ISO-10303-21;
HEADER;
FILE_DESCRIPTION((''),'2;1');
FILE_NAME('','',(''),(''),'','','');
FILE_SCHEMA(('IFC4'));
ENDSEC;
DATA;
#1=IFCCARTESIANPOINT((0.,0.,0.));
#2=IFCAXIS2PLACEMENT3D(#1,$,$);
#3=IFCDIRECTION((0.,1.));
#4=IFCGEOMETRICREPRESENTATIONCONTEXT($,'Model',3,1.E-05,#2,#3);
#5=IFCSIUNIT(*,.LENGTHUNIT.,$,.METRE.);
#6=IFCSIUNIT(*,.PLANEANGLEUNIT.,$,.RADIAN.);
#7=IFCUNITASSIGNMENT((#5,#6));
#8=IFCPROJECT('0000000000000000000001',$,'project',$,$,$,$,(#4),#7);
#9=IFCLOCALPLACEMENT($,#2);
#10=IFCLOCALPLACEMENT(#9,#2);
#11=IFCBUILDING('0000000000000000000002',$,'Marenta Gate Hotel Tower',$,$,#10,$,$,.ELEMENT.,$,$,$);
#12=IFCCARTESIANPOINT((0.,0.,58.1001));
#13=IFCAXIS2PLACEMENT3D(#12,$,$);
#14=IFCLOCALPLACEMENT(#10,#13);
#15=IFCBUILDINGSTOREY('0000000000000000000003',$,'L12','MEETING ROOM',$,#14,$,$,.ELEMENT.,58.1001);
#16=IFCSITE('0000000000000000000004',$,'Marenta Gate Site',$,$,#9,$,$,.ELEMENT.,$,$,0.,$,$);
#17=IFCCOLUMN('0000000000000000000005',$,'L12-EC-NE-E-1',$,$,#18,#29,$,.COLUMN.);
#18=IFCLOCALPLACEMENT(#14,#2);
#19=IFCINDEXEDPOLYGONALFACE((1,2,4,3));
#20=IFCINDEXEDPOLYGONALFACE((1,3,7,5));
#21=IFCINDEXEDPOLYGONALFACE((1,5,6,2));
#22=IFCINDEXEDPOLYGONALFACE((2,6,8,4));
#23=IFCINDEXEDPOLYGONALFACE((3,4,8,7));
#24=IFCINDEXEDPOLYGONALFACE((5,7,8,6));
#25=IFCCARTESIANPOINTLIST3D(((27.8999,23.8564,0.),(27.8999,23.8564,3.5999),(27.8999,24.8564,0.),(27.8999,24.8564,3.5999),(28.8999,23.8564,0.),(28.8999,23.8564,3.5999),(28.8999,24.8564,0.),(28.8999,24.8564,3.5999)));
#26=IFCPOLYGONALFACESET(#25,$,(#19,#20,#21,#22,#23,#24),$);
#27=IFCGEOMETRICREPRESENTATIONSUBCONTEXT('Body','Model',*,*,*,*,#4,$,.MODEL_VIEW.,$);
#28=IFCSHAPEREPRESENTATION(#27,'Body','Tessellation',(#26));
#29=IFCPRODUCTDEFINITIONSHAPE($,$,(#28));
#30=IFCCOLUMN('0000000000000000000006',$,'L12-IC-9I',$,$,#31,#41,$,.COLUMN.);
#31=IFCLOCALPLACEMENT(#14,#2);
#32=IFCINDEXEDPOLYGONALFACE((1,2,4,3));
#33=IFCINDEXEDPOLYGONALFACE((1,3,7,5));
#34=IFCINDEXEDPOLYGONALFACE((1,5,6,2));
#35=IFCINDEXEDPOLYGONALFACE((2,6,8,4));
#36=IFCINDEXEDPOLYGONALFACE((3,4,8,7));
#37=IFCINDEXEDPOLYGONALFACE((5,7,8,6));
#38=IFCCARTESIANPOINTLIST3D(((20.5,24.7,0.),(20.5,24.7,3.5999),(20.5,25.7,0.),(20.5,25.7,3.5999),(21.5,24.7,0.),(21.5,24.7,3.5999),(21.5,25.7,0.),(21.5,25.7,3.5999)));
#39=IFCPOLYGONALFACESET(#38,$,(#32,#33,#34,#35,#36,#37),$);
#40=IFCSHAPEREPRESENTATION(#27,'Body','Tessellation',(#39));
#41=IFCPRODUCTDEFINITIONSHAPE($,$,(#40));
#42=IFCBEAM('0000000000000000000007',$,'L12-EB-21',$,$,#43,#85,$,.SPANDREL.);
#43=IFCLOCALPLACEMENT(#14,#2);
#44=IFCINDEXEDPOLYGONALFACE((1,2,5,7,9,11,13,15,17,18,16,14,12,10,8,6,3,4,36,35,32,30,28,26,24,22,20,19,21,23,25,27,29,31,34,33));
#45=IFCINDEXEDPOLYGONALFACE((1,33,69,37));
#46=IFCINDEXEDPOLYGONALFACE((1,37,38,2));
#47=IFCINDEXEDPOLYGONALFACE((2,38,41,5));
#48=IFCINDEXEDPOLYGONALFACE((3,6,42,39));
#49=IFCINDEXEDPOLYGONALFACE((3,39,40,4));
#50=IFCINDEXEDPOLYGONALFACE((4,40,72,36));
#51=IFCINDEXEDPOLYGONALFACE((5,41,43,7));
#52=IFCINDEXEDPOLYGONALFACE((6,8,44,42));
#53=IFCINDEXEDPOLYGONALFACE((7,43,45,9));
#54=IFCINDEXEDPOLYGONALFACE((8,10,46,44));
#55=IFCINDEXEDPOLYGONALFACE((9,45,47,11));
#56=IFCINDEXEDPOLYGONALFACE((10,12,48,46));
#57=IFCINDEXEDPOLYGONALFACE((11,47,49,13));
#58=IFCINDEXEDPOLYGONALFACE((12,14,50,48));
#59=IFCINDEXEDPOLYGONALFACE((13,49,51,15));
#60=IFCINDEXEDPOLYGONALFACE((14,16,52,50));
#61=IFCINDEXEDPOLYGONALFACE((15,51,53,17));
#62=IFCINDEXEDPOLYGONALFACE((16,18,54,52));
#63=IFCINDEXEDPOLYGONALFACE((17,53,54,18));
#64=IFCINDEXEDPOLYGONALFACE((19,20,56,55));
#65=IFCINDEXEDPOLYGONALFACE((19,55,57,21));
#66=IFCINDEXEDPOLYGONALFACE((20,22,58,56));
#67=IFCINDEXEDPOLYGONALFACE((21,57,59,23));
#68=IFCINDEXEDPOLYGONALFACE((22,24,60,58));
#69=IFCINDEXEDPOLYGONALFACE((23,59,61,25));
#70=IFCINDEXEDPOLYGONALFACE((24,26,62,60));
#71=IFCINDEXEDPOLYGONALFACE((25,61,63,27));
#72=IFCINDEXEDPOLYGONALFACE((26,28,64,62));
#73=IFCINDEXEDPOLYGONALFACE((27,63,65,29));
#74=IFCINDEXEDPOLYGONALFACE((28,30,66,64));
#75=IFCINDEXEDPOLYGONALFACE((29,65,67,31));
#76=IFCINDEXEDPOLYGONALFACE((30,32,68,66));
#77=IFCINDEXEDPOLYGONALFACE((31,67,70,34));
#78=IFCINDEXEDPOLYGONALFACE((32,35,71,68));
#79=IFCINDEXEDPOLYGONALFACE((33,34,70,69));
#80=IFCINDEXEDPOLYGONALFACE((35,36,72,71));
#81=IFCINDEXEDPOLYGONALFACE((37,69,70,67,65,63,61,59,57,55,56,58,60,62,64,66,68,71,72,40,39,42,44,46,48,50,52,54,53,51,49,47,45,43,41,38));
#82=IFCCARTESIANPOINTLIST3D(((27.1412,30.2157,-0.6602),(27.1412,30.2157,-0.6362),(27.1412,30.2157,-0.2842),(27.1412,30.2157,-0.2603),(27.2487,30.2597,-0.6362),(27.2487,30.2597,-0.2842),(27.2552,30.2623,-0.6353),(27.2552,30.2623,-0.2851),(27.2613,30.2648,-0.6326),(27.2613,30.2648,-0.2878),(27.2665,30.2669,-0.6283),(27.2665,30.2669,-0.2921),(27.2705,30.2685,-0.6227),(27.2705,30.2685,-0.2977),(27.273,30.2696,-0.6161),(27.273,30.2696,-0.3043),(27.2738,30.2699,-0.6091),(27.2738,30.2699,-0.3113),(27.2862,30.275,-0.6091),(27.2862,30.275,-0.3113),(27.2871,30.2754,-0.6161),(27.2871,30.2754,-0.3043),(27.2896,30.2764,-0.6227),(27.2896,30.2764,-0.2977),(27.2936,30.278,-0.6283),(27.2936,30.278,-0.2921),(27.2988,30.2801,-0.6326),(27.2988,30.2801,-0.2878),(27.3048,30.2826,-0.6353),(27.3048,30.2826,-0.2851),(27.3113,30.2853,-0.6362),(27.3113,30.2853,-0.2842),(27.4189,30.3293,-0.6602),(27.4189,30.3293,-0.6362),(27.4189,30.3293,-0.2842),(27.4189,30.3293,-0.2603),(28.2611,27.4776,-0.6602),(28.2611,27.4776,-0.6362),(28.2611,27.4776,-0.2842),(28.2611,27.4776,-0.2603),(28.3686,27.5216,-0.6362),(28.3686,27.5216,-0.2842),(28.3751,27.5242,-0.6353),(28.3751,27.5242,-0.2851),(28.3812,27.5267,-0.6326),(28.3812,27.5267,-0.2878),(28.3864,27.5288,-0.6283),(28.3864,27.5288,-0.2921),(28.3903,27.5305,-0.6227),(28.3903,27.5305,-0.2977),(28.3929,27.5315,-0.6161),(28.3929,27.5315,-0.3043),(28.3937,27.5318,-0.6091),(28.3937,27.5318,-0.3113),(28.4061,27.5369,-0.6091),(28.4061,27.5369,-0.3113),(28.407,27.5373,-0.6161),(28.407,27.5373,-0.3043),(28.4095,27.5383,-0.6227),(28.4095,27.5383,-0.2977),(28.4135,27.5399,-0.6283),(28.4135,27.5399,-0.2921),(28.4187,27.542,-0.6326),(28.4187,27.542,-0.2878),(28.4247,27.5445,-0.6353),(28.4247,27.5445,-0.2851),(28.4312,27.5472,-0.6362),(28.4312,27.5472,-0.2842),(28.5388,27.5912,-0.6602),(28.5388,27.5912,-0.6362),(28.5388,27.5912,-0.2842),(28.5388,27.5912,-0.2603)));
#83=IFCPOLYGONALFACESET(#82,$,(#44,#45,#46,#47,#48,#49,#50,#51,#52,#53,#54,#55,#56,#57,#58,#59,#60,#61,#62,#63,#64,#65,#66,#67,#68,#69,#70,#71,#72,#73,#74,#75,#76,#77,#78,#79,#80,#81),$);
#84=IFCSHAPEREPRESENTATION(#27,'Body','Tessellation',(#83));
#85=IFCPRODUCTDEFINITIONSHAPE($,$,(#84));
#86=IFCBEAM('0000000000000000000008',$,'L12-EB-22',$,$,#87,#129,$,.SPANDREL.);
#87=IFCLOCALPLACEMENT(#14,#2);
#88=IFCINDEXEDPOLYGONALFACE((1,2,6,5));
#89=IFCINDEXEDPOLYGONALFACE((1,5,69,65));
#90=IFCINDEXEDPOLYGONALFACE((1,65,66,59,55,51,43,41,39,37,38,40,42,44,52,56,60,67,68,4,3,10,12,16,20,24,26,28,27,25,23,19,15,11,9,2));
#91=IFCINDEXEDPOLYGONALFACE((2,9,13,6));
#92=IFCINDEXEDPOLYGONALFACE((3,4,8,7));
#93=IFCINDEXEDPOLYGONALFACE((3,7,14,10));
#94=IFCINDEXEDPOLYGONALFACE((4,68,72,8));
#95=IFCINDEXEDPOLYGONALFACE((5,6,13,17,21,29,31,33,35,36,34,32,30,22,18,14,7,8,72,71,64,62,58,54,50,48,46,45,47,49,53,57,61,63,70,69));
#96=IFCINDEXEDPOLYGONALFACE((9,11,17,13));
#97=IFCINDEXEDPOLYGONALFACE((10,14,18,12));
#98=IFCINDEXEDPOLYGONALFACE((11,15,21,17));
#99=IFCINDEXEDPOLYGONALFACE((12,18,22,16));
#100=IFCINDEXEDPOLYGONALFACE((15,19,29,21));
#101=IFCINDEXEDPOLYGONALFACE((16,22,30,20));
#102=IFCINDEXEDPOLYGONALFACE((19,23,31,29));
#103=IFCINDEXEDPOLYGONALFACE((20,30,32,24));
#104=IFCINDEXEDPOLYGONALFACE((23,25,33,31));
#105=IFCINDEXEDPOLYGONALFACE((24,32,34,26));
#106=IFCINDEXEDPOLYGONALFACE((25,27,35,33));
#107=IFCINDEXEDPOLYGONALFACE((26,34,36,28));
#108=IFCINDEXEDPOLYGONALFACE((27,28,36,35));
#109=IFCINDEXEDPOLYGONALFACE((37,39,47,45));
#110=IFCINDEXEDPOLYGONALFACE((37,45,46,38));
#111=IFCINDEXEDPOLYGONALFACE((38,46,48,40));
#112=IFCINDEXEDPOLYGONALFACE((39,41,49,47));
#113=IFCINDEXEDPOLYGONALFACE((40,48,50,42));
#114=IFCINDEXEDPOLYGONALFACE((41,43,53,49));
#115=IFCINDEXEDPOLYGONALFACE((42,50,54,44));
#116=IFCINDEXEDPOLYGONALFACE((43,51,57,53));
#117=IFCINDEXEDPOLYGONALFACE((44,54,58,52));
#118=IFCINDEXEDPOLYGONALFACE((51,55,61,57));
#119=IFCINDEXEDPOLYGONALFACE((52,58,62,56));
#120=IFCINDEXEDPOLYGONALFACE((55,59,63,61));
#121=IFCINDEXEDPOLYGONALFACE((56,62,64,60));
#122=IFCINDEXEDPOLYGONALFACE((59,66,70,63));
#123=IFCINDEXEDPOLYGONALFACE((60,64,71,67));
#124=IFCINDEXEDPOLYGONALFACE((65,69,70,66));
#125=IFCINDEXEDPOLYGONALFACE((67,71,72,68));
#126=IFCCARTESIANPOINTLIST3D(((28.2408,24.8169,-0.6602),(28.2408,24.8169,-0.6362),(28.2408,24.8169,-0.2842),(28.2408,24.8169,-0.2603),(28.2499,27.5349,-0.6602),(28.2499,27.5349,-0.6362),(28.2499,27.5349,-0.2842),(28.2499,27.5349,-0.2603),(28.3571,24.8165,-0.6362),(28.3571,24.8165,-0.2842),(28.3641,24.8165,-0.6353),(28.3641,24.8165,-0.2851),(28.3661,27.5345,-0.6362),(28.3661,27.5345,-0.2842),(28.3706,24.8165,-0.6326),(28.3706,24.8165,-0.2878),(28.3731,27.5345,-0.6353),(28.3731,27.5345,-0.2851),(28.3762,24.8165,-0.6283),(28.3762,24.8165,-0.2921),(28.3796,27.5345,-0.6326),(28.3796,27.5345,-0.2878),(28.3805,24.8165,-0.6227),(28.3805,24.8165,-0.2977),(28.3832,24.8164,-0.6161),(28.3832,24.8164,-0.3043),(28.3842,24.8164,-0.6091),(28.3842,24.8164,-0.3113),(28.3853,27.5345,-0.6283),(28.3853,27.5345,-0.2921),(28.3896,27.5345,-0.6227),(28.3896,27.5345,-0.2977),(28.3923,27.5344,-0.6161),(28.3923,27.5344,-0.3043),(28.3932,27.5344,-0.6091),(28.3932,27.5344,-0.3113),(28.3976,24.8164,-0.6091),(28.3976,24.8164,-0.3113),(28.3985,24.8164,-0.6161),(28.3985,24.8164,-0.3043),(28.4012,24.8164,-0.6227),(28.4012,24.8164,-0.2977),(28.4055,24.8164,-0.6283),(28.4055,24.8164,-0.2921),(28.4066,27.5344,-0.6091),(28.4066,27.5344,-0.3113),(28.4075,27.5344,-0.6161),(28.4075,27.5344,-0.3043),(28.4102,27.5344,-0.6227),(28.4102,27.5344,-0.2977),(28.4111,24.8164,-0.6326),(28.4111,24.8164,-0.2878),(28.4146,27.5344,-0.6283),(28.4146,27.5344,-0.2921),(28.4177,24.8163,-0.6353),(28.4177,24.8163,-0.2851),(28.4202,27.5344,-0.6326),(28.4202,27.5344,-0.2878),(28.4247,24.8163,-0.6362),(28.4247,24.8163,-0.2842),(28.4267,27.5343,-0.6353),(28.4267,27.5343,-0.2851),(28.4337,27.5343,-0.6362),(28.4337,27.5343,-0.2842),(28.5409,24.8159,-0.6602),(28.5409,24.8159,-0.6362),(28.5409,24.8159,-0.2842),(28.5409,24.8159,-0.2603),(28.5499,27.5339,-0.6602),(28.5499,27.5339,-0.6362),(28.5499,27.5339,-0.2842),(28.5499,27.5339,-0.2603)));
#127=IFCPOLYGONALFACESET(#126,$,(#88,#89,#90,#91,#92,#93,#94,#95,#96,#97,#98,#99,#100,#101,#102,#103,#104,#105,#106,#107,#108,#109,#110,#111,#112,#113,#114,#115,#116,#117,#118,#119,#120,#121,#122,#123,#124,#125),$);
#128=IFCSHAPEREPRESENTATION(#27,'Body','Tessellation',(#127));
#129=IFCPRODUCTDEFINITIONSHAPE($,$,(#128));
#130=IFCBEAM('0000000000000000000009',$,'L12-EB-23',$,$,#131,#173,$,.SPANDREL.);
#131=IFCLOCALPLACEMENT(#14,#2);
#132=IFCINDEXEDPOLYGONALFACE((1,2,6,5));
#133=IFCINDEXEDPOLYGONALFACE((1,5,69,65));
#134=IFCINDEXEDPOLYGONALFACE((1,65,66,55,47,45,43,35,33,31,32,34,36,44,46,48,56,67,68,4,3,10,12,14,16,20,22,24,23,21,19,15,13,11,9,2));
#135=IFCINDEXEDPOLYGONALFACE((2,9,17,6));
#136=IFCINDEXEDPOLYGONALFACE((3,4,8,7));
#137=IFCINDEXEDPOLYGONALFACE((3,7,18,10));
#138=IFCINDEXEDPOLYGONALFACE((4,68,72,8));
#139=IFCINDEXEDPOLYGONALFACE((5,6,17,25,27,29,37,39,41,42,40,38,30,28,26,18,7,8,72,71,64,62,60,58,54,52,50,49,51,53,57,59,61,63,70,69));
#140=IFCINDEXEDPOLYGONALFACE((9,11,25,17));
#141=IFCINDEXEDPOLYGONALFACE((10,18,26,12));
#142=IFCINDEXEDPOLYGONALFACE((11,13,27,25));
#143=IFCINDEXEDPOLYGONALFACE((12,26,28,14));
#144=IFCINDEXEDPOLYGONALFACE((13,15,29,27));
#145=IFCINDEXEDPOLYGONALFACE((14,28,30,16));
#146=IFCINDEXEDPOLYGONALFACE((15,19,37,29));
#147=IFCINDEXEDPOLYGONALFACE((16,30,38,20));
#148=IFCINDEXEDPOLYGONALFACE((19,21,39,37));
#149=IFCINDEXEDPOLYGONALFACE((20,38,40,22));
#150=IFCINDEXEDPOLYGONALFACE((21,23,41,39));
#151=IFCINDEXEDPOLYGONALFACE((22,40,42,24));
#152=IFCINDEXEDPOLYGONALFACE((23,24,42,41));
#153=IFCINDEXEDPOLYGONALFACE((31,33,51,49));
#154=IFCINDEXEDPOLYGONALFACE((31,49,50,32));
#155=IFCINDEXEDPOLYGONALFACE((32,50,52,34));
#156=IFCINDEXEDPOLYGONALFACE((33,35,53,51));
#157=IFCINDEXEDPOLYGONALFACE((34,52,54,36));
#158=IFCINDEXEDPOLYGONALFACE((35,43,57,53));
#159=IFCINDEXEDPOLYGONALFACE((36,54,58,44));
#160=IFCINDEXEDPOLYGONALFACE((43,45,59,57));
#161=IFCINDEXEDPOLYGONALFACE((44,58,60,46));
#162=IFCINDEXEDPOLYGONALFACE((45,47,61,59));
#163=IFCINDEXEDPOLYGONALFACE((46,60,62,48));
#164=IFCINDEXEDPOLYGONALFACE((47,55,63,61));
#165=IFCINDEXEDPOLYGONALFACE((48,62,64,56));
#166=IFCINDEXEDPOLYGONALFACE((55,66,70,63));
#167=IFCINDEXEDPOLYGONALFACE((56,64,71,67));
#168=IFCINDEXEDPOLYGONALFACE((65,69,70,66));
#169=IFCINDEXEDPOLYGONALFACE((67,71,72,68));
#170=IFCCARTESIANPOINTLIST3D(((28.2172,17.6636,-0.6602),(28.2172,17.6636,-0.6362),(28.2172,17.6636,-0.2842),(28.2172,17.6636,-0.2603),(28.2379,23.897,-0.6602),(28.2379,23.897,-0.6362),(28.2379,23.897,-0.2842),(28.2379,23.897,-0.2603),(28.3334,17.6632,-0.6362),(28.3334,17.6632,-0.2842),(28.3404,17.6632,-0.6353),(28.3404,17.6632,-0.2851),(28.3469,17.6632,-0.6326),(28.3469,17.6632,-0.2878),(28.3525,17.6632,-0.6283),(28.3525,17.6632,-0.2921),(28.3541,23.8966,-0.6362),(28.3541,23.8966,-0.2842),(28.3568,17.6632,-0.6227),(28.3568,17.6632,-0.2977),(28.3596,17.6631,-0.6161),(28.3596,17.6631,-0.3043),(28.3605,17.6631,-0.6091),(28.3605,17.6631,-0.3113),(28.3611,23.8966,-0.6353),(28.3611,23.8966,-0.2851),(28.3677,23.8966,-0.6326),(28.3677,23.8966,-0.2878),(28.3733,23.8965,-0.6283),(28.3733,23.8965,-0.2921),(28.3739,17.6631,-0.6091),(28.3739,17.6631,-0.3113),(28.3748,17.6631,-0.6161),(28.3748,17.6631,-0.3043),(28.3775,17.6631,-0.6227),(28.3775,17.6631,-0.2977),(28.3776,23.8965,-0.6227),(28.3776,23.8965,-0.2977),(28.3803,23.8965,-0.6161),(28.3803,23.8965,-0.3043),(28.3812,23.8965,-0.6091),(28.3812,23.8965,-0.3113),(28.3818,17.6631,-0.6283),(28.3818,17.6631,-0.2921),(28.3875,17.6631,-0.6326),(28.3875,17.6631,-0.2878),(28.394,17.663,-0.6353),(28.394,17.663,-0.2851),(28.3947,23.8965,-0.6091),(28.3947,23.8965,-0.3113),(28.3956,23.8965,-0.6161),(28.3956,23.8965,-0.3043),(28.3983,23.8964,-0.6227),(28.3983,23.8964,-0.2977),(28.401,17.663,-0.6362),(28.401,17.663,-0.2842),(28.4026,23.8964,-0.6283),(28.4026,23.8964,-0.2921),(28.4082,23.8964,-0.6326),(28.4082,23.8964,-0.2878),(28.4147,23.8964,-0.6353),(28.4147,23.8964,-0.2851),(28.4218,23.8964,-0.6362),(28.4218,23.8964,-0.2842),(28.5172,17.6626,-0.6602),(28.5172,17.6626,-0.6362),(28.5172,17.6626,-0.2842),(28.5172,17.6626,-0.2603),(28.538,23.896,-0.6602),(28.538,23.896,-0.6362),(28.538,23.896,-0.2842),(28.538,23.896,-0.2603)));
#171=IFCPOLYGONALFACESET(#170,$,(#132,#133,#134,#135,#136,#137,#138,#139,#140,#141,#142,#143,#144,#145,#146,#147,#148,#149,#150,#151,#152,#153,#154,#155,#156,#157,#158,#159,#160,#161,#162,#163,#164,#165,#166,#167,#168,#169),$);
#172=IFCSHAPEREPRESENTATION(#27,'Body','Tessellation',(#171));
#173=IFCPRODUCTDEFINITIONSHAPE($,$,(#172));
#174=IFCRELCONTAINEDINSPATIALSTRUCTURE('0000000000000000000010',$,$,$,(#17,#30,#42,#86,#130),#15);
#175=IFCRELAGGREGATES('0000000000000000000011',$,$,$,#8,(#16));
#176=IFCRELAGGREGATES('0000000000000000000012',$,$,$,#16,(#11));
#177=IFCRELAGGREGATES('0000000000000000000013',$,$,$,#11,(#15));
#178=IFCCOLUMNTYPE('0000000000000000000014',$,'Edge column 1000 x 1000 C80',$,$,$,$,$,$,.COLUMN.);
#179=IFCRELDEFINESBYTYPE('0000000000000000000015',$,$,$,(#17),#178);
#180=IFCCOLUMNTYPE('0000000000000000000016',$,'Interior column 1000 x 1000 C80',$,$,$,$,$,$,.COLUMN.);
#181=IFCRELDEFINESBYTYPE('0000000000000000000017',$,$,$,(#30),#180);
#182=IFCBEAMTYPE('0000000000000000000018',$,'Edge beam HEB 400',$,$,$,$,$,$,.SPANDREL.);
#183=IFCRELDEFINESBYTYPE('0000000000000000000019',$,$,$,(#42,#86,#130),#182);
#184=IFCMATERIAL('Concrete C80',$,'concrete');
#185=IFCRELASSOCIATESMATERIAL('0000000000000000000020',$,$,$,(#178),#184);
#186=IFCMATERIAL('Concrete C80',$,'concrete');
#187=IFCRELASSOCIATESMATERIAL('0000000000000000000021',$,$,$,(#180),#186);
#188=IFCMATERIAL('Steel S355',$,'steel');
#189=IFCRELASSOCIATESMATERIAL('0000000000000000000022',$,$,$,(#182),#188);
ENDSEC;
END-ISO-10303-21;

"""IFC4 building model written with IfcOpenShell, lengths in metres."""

from ifc_helpers import new_model, si_unit, direction, frame, origin, origin_2d, place, context, subcontext, project, spatial, rectangle, i_section, extrude, material, material_profile, profile_set, type_object, element, save


model = new_model("IFC4")

# Units and contexts
model_context = context("Model", 3, precision=1e-05, world=origin(), true_north=direction((0.0, 1.0)))
body_context = subcontext(model_context, "Body", "Model", "MODEL_VIEW")
ifc_project = project(units=[si_unit("LENGTHUNIT", "METRE"), si_unit("PLANEANGLEUNIT", "RADIAN")], contexts=[model_context])

# Site, building, storey
site_placement = place(None, origin())
site = spatial("IfcSite", under=ifc_project, at=site_placement, Name="Marenta Gate Site", CompositionType="ELEMENT", RefElevation=0.0)
building_placement = place(site_placement, origin())
building = spatial("IfcBuilding", under=site, at=building_placement, Name="Marenta Gate Hotel Tower", CompositionType="ELEMENT")
storey_placement = place(building_placement, frame((0.0, 0.0, 58.1001)))
storey = spatial("IfcBuildingStorey", under=building, at=storey_placement, Name="L12", Description="MEETING ROOM", CompositionType="ELEMENT", Elevation=58.1001)

# Columns
ifc_material_1 = material(Name="Concrete C80", Category="concrete")
ifc_material_profile_1 = material_profile(ifc_material_1, rectangle(XDim=1.0, YDim=1.0, at=origin_2d()), Name="1000 x 1000")
ifc_profile_set_1 = profile_set([ifc_material_profile_1], Name="Concrete C80")
column_type_1 = type_object("IfcColumnType", Name="Edge column 1000 x 1000 C80", PredefinedType="COLUMN", material=ifc_profile_set_1)
column_1_placement = place(storey_placement, frame((28.3999, 24.3564, 0.0), z_axis=(0.0, 0.0, 1.0), x_axis=(1.0, 0.0, 0.0)))
element("IfcColumn", 1, at=column_1_placement, inside=storey, type_object=column_type_1, Name="L12-EC-NE-E-1", PredefinedType="COLUMN", context=body_context, shape_type="SweptSolid", body=[
    extrude(rectangle(XDim=1.0, YDim=1.0, at=origin_2d()), origin(), (0.0, 0.0, 1.0), 3.5999),
])
ifc_material_2 = material(Name="Concrete C80", Category="concrete")
ifc_material_profile_2 = material_profile(ifc_material_2, rectangle(XDim=1.0, YDim=1.0, at=origin_2d()), Name="1000 x 1000")
ifc_profile_set_2 = profile_set([ifc_material_profile_2], Name="Concrete C80")
column_type_2 = type_object("IfcColumnType", Name="Interior column 1000 x 1000 C80", PredefinedType="COLUMN", material=ifc_profile_set_2)
column_2_placement = place(storey_placement, frame((21.0, 25.2, 0.0), z_axis=(0.0, 0.0, 1.0), x_axis=(1.0, 0.0, 0.0)))
element("IfcColumn", 2, at=column_2_placement, inside=storey, type_object=column_type_2, Name="L12-IC-9I", PredefinedType="COLUMN", context=body_context, shape_type="SweptSolid", body=[
    extrude(rectangle(XDim=1.0, YDim=1.0, at=origin_2d()), origin(), (0.0, 0.0, 1.0), 3.5999),
])

# Beams
ifc_material_3 = material(Name="Steel S355", Category="steel")
ifc_material_profile_3 = material_profile(ifc_material_3, i_section(OverallWidth=0.3, OverallDepth=0.3999, WebThickness=0.0134, FlangeThickness=0.0239, FilletRadius=0.0271, at=origin_2d()), Name="HEB 400")
ifc_profile_set_3 = profile_set([ifc_material_profile_3], Name="Steel S355")
beam_type_1 = type_object("IfcBeamType", Name="Edge beam HEB 400", PredefinedType="SPANDREL", material=ifc_profile_set_3)
beam_1_placement = place(storey_placement, frame((27.28, 30.2725, -0.4602), z_axis=(0.378565, -0.925575, 0.0), x_axis=(0.925575, 0.378565, 0.0)))
element("IfcBeam", 3, at=beam_1_placement, inside=storey, type_object=beam_type_1, Name="L12-EB-21", PredefinedType="SPANDREL", context=body_context, shape_type="SweptSolid", body=[
    extrude(i_section(OverallWidth=0.3, OverallDepth=0.3999, WebThickness=0.0134, FlangeThickness=0.0239, FilletRadius=0.0271, at=origin_2d()), origin(), (0.0, 0.0, 1.0), 2.9583),
])
beam_2_placement = place(storey_placement, frame((28.3999, 27.5344, -0.4602), z_axis=(-0.003323, -0.999994, 0.0), x_axis=(0.999994, -0.003323, 0.0)))
element("IfcBeam", 4, at=beam_2_placement, inside=storey, type_object=beam_type_1, Name="L12-EB-22", PredefinedType="SPANDREL", context=body_context, shape_type="SweptSolid", body=[
    extrude(i_section(OverallWidth=0.3, OverallDepth=0.3999, WebThickness=0.0134, FlangeThickness=0.0239, FilletRadius=0.0271, at=origin_2d()), origin(), (0.0, 0.0, 1.0), 2.718),
])
beam_3_placement = place(storey_placement, frame((28.3879, 23.8965, -0.4602), z_axis=(-0.003329, -0.999994, 0.0), x_axis=(0.999994, -0.003329, 0.0)))
element("IfcBeam", 5, at=beam_3_placement, inside=storey, type_object=beam_type_1, Name="L12-EB-23", PredefinedType="SPANDREL", context=body_context, shape_type="SweptSolid", body=[
    extrude(i_section(OverallWidth=0.3, OverallDepth=0.3999, WebThickness=0.0134, FlangeThickness=0.0239, FilletRadius=0.0271, at=origin_2d()), origin(), (0.0, 0.0, 1.0), 6.2334),
])

save(model, "model.ifc")
